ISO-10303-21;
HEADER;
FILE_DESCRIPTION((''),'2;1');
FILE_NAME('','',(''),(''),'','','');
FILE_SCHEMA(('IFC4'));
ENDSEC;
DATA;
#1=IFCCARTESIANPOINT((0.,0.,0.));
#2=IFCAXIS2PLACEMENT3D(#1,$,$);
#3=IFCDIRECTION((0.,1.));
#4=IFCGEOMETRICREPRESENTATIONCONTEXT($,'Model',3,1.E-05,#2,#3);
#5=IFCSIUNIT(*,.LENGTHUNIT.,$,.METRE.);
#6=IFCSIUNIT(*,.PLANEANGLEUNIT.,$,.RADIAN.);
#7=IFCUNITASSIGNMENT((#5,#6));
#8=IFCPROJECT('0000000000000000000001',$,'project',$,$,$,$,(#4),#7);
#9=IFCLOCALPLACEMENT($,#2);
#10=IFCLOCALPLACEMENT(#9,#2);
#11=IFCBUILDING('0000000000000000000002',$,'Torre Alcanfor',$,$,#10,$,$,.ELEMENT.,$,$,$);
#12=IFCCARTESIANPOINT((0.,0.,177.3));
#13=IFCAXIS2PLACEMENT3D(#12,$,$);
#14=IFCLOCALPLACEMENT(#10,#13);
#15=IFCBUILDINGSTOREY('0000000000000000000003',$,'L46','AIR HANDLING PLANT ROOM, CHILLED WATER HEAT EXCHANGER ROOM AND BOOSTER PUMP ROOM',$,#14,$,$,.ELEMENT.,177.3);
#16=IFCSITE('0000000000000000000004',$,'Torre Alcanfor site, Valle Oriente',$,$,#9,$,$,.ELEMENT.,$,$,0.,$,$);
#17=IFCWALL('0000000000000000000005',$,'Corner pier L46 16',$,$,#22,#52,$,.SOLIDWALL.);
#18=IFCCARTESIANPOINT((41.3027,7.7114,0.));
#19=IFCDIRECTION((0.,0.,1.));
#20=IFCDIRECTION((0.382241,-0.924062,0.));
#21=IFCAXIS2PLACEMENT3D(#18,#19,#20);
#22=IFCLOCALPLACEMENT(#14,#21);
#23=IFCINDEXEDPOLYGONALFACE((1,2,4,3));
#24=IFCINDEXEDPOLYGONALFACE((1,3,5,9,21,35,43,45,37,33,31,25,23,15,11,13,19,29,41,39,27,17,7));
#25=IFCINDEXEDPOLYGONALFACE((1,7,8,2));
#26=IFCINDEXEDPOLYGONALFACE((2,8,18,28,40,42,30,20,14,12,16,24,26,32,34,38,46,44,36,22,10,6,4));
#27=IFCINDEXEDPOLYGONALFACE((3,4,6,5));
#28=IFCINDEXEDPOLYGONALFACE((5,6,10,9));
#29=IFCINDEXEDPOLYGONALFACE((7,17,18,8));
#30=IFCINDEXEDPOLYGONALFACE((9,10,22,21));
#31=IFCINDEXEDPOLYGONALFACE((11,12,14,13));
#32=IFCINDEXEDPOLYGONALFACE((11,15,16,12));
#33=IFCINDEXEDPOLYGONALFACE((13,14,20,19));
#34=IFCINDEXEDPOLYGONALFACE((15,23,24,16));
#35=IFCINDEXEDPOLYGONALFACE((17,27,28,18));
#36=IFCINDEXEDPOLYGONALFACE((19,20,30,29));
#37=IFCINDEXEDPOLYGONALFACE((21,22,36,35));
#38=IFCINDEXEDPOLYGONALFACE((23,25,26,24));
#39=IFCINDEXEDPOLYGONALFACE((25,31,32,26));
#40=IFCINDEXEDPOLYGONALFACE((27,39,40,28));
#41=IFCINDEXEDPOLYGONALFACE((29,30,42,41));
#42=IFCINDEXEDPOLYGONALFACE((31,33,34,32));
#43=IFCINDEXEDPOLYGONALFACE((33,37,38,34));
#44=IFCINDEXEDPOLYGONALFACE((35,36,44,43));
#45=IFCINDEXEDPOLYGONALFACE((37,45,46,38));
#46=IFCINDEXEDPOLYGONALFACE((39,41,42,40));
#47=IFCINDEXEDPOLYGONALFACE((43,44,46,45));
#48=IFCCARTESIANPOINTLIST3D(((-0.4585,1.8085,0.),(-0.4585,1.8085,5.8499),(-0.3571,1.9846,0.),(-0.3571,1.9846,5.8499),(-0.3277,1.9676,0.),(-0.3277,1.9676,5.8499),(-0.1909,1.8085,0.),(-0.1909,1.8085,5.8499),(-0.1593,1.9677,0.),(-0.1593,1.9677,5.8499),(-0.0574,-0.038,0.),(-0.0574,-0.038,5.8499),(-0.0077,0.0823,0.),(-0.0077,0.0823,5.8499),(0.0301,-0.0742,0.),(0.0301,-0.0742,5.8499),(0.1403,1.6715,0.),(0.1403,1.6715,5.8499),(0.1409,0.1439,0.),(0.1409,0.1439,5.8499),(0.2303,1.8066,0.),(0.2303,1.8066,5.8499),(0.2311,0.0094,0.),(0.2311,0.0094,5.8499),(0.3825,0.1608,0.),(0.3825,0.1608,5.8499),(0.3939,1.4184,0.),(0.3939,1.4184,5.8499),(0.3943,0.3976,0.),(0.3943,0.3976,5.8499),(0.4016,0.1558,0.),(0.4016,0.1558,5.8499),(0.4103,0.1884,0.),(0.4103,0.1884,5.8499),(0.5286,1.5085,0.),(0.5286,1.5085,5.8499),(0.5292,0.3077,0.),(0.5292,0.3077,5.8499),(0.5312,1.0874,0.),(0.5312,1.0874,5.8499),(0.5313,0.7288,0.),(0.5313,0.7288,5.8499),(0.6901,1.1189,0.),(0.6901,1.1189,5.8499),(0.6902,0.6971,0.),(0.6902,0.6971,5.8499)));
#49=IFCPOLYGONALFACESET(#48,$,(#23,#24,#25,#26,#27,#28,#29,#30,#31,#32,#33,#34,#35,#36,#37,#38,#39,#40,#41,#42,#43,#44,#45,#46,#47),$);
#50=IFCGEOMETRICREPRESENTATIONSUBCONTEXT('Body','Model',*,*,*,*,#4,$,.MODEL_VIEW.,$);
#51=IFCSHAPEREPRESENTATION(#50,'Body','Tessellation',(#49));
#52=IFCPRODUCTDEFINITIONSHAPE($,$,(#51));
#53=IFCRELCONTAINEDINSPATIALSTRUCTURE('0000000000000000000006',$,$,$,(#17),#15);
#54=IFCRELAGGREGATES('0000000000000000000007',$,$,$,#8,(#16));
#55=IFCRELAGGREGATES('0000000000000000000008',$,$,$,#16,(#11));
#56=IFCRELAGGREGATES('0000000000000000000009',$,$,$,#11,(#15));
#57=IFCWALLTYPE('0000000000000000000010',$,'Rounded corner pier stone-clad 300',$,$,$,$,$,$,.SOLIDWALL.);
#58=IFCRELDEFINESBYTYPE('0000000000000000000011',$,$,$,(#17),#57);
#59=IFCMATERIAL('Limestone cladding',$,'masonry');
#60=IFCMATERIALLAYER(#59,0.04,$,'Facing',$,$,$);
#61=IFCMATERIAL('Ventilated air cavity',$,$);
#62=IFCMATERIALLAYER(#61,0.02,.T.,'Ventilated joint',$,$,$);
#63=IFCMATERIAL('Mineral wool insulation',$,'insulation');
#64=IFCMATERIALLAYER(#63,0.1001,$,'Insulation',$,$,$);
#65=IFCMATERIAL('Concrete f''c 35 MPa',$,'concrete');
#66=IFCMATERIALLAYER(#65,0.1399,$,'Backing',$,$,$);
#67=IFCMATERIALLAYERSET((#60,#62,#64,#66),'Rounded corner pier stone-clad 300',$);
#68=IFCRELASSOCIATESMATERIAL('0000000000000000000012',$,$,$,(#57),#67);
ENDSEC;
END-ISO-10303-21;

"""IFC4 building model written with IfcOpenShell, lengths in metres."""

from ifc_helpers import new_model, si_unit, direction, frame, origin, place, context, subcontext, project, spatial, polyline, outline, extrude, material, layer, layer_set, type_object, element, save


model = new_model("IFC4")

# Units and contexts
model_context = context("Model", 3, precision=1e-05, world=origin(), true_north=direction((0.0, 1.0)))
body_context = subcontext(model_context, "Body", "Model", "MODEL_VIEW")
ifc_project = project(units=[si_unit("LENGTHUNIT", "METRE"), si_unit("PLANEANGLEUNIT", "RADIAN")], contexts=[model_context])

# Site, building, storey
site_placement = place(None, origin())
site = spatial("IfcSite", under=ifc_project, at=site_placement, Name="Torre Alcanfor site, Valle Oriente", CompositionType="ELEMENT", RefElevation=0.0)
building_placement = place(site_placement, origin())
building = spatial("IfcBuilding", under=site, at=building_placement, Name="Torre Alcanfor", CompositionType="ELEMENT")
storey_placement = place(building_placement, frame((0.0, 0.0, 177.3)))
storey = spatial("IfcBuildingStorey", under=building, at=storey_placement, Name="L46", Description="AIR HANDLING PLANT ROOM, CHILLED WATER HEAT EXCHANGER ROOM AND BOOSTER PUMP ROOM", CompositionType="ELEMENT", Elevation=177.3)

# Wall
ifc_material_1 = material(Name="Limestone cladding", Category="masonry")
ifc_layer_1 = layer(ifc_material_1, 0.04, Name="Facing")
ifc_material_2 = material(Name="Ventilated air cavity")
ifc_layer_2 = layer(ifc_material_2, 0.02, ventilated=True, Name="Ventilated joint")
ifc_material_3 = material(Name="Mineral wool insulation", Category="insulation")
ifc_layer_3 = layer(ifc_material_3, 0.1001, Name="Insulation")
ifc_material_4 = material(Name="Concrete f'c 35 MPa", Category="concrete")
ifc_layer_4 = layer(ifc_material_4, 0.1399, Name="Backing")
ifc_layer_set_1 = layer_set([ifc_layer_1, ifc_layer_2, ifc_layer_3, ifc_layer_4], Name="Rounded corner pier stone-clad 300")
wall_type_1 = type_object("IfcWallType", Name="Rounded corner pier stone-clad 300", PredefinedType="SOLIDWALL", material=ifc_layer_set_1)
wall_1_placement = place(storey_placement, frame((41.3027, 7.7114, 0.0), z_axis=(0.0, 0.0, 1.0), x_axis=(0.382241, -0.924062, 0.0)))
element("IfcWall", 1, at=wall_1_placement, inside=storey, type_object=wall_type_1, Name="Corner pier L46 16", PredefinedType="SOLIDWALL", context=body_context, shape_type="SweptSolid", body=[
    extrude(outline(polyline([(0.2303, 1.8066), (-0.1593, 1.9677), (-0.3277, 1.9676), (-0.3571, 1.9846), (-0.4585, 1.8085), (-0.1909, 1.8085), (0.1403, 1.6715), (0.3939, 1.4184), (0.5312, 1.0874), (0.5313, 0.7288), (0.3943, 0.3976), (0.1409, 0.1439), (-0.0077, 0.0823), (-0.0574, -0.038), (0.0301, -0.0742), (0.2311, 0.0094), (0.3825, 0.1608), (0.4016, 0.1558), (0.4103, 0.1884), (0.5292, 0.3077), (0.6902, 0.6971), (0.6901, 1.1189), (0.5286, 1.5085), (0.2303, 1.8066)])), origin(), (0.0, 0.0, 1.0), 5.8499),
])

save(model, "model.ifc")
